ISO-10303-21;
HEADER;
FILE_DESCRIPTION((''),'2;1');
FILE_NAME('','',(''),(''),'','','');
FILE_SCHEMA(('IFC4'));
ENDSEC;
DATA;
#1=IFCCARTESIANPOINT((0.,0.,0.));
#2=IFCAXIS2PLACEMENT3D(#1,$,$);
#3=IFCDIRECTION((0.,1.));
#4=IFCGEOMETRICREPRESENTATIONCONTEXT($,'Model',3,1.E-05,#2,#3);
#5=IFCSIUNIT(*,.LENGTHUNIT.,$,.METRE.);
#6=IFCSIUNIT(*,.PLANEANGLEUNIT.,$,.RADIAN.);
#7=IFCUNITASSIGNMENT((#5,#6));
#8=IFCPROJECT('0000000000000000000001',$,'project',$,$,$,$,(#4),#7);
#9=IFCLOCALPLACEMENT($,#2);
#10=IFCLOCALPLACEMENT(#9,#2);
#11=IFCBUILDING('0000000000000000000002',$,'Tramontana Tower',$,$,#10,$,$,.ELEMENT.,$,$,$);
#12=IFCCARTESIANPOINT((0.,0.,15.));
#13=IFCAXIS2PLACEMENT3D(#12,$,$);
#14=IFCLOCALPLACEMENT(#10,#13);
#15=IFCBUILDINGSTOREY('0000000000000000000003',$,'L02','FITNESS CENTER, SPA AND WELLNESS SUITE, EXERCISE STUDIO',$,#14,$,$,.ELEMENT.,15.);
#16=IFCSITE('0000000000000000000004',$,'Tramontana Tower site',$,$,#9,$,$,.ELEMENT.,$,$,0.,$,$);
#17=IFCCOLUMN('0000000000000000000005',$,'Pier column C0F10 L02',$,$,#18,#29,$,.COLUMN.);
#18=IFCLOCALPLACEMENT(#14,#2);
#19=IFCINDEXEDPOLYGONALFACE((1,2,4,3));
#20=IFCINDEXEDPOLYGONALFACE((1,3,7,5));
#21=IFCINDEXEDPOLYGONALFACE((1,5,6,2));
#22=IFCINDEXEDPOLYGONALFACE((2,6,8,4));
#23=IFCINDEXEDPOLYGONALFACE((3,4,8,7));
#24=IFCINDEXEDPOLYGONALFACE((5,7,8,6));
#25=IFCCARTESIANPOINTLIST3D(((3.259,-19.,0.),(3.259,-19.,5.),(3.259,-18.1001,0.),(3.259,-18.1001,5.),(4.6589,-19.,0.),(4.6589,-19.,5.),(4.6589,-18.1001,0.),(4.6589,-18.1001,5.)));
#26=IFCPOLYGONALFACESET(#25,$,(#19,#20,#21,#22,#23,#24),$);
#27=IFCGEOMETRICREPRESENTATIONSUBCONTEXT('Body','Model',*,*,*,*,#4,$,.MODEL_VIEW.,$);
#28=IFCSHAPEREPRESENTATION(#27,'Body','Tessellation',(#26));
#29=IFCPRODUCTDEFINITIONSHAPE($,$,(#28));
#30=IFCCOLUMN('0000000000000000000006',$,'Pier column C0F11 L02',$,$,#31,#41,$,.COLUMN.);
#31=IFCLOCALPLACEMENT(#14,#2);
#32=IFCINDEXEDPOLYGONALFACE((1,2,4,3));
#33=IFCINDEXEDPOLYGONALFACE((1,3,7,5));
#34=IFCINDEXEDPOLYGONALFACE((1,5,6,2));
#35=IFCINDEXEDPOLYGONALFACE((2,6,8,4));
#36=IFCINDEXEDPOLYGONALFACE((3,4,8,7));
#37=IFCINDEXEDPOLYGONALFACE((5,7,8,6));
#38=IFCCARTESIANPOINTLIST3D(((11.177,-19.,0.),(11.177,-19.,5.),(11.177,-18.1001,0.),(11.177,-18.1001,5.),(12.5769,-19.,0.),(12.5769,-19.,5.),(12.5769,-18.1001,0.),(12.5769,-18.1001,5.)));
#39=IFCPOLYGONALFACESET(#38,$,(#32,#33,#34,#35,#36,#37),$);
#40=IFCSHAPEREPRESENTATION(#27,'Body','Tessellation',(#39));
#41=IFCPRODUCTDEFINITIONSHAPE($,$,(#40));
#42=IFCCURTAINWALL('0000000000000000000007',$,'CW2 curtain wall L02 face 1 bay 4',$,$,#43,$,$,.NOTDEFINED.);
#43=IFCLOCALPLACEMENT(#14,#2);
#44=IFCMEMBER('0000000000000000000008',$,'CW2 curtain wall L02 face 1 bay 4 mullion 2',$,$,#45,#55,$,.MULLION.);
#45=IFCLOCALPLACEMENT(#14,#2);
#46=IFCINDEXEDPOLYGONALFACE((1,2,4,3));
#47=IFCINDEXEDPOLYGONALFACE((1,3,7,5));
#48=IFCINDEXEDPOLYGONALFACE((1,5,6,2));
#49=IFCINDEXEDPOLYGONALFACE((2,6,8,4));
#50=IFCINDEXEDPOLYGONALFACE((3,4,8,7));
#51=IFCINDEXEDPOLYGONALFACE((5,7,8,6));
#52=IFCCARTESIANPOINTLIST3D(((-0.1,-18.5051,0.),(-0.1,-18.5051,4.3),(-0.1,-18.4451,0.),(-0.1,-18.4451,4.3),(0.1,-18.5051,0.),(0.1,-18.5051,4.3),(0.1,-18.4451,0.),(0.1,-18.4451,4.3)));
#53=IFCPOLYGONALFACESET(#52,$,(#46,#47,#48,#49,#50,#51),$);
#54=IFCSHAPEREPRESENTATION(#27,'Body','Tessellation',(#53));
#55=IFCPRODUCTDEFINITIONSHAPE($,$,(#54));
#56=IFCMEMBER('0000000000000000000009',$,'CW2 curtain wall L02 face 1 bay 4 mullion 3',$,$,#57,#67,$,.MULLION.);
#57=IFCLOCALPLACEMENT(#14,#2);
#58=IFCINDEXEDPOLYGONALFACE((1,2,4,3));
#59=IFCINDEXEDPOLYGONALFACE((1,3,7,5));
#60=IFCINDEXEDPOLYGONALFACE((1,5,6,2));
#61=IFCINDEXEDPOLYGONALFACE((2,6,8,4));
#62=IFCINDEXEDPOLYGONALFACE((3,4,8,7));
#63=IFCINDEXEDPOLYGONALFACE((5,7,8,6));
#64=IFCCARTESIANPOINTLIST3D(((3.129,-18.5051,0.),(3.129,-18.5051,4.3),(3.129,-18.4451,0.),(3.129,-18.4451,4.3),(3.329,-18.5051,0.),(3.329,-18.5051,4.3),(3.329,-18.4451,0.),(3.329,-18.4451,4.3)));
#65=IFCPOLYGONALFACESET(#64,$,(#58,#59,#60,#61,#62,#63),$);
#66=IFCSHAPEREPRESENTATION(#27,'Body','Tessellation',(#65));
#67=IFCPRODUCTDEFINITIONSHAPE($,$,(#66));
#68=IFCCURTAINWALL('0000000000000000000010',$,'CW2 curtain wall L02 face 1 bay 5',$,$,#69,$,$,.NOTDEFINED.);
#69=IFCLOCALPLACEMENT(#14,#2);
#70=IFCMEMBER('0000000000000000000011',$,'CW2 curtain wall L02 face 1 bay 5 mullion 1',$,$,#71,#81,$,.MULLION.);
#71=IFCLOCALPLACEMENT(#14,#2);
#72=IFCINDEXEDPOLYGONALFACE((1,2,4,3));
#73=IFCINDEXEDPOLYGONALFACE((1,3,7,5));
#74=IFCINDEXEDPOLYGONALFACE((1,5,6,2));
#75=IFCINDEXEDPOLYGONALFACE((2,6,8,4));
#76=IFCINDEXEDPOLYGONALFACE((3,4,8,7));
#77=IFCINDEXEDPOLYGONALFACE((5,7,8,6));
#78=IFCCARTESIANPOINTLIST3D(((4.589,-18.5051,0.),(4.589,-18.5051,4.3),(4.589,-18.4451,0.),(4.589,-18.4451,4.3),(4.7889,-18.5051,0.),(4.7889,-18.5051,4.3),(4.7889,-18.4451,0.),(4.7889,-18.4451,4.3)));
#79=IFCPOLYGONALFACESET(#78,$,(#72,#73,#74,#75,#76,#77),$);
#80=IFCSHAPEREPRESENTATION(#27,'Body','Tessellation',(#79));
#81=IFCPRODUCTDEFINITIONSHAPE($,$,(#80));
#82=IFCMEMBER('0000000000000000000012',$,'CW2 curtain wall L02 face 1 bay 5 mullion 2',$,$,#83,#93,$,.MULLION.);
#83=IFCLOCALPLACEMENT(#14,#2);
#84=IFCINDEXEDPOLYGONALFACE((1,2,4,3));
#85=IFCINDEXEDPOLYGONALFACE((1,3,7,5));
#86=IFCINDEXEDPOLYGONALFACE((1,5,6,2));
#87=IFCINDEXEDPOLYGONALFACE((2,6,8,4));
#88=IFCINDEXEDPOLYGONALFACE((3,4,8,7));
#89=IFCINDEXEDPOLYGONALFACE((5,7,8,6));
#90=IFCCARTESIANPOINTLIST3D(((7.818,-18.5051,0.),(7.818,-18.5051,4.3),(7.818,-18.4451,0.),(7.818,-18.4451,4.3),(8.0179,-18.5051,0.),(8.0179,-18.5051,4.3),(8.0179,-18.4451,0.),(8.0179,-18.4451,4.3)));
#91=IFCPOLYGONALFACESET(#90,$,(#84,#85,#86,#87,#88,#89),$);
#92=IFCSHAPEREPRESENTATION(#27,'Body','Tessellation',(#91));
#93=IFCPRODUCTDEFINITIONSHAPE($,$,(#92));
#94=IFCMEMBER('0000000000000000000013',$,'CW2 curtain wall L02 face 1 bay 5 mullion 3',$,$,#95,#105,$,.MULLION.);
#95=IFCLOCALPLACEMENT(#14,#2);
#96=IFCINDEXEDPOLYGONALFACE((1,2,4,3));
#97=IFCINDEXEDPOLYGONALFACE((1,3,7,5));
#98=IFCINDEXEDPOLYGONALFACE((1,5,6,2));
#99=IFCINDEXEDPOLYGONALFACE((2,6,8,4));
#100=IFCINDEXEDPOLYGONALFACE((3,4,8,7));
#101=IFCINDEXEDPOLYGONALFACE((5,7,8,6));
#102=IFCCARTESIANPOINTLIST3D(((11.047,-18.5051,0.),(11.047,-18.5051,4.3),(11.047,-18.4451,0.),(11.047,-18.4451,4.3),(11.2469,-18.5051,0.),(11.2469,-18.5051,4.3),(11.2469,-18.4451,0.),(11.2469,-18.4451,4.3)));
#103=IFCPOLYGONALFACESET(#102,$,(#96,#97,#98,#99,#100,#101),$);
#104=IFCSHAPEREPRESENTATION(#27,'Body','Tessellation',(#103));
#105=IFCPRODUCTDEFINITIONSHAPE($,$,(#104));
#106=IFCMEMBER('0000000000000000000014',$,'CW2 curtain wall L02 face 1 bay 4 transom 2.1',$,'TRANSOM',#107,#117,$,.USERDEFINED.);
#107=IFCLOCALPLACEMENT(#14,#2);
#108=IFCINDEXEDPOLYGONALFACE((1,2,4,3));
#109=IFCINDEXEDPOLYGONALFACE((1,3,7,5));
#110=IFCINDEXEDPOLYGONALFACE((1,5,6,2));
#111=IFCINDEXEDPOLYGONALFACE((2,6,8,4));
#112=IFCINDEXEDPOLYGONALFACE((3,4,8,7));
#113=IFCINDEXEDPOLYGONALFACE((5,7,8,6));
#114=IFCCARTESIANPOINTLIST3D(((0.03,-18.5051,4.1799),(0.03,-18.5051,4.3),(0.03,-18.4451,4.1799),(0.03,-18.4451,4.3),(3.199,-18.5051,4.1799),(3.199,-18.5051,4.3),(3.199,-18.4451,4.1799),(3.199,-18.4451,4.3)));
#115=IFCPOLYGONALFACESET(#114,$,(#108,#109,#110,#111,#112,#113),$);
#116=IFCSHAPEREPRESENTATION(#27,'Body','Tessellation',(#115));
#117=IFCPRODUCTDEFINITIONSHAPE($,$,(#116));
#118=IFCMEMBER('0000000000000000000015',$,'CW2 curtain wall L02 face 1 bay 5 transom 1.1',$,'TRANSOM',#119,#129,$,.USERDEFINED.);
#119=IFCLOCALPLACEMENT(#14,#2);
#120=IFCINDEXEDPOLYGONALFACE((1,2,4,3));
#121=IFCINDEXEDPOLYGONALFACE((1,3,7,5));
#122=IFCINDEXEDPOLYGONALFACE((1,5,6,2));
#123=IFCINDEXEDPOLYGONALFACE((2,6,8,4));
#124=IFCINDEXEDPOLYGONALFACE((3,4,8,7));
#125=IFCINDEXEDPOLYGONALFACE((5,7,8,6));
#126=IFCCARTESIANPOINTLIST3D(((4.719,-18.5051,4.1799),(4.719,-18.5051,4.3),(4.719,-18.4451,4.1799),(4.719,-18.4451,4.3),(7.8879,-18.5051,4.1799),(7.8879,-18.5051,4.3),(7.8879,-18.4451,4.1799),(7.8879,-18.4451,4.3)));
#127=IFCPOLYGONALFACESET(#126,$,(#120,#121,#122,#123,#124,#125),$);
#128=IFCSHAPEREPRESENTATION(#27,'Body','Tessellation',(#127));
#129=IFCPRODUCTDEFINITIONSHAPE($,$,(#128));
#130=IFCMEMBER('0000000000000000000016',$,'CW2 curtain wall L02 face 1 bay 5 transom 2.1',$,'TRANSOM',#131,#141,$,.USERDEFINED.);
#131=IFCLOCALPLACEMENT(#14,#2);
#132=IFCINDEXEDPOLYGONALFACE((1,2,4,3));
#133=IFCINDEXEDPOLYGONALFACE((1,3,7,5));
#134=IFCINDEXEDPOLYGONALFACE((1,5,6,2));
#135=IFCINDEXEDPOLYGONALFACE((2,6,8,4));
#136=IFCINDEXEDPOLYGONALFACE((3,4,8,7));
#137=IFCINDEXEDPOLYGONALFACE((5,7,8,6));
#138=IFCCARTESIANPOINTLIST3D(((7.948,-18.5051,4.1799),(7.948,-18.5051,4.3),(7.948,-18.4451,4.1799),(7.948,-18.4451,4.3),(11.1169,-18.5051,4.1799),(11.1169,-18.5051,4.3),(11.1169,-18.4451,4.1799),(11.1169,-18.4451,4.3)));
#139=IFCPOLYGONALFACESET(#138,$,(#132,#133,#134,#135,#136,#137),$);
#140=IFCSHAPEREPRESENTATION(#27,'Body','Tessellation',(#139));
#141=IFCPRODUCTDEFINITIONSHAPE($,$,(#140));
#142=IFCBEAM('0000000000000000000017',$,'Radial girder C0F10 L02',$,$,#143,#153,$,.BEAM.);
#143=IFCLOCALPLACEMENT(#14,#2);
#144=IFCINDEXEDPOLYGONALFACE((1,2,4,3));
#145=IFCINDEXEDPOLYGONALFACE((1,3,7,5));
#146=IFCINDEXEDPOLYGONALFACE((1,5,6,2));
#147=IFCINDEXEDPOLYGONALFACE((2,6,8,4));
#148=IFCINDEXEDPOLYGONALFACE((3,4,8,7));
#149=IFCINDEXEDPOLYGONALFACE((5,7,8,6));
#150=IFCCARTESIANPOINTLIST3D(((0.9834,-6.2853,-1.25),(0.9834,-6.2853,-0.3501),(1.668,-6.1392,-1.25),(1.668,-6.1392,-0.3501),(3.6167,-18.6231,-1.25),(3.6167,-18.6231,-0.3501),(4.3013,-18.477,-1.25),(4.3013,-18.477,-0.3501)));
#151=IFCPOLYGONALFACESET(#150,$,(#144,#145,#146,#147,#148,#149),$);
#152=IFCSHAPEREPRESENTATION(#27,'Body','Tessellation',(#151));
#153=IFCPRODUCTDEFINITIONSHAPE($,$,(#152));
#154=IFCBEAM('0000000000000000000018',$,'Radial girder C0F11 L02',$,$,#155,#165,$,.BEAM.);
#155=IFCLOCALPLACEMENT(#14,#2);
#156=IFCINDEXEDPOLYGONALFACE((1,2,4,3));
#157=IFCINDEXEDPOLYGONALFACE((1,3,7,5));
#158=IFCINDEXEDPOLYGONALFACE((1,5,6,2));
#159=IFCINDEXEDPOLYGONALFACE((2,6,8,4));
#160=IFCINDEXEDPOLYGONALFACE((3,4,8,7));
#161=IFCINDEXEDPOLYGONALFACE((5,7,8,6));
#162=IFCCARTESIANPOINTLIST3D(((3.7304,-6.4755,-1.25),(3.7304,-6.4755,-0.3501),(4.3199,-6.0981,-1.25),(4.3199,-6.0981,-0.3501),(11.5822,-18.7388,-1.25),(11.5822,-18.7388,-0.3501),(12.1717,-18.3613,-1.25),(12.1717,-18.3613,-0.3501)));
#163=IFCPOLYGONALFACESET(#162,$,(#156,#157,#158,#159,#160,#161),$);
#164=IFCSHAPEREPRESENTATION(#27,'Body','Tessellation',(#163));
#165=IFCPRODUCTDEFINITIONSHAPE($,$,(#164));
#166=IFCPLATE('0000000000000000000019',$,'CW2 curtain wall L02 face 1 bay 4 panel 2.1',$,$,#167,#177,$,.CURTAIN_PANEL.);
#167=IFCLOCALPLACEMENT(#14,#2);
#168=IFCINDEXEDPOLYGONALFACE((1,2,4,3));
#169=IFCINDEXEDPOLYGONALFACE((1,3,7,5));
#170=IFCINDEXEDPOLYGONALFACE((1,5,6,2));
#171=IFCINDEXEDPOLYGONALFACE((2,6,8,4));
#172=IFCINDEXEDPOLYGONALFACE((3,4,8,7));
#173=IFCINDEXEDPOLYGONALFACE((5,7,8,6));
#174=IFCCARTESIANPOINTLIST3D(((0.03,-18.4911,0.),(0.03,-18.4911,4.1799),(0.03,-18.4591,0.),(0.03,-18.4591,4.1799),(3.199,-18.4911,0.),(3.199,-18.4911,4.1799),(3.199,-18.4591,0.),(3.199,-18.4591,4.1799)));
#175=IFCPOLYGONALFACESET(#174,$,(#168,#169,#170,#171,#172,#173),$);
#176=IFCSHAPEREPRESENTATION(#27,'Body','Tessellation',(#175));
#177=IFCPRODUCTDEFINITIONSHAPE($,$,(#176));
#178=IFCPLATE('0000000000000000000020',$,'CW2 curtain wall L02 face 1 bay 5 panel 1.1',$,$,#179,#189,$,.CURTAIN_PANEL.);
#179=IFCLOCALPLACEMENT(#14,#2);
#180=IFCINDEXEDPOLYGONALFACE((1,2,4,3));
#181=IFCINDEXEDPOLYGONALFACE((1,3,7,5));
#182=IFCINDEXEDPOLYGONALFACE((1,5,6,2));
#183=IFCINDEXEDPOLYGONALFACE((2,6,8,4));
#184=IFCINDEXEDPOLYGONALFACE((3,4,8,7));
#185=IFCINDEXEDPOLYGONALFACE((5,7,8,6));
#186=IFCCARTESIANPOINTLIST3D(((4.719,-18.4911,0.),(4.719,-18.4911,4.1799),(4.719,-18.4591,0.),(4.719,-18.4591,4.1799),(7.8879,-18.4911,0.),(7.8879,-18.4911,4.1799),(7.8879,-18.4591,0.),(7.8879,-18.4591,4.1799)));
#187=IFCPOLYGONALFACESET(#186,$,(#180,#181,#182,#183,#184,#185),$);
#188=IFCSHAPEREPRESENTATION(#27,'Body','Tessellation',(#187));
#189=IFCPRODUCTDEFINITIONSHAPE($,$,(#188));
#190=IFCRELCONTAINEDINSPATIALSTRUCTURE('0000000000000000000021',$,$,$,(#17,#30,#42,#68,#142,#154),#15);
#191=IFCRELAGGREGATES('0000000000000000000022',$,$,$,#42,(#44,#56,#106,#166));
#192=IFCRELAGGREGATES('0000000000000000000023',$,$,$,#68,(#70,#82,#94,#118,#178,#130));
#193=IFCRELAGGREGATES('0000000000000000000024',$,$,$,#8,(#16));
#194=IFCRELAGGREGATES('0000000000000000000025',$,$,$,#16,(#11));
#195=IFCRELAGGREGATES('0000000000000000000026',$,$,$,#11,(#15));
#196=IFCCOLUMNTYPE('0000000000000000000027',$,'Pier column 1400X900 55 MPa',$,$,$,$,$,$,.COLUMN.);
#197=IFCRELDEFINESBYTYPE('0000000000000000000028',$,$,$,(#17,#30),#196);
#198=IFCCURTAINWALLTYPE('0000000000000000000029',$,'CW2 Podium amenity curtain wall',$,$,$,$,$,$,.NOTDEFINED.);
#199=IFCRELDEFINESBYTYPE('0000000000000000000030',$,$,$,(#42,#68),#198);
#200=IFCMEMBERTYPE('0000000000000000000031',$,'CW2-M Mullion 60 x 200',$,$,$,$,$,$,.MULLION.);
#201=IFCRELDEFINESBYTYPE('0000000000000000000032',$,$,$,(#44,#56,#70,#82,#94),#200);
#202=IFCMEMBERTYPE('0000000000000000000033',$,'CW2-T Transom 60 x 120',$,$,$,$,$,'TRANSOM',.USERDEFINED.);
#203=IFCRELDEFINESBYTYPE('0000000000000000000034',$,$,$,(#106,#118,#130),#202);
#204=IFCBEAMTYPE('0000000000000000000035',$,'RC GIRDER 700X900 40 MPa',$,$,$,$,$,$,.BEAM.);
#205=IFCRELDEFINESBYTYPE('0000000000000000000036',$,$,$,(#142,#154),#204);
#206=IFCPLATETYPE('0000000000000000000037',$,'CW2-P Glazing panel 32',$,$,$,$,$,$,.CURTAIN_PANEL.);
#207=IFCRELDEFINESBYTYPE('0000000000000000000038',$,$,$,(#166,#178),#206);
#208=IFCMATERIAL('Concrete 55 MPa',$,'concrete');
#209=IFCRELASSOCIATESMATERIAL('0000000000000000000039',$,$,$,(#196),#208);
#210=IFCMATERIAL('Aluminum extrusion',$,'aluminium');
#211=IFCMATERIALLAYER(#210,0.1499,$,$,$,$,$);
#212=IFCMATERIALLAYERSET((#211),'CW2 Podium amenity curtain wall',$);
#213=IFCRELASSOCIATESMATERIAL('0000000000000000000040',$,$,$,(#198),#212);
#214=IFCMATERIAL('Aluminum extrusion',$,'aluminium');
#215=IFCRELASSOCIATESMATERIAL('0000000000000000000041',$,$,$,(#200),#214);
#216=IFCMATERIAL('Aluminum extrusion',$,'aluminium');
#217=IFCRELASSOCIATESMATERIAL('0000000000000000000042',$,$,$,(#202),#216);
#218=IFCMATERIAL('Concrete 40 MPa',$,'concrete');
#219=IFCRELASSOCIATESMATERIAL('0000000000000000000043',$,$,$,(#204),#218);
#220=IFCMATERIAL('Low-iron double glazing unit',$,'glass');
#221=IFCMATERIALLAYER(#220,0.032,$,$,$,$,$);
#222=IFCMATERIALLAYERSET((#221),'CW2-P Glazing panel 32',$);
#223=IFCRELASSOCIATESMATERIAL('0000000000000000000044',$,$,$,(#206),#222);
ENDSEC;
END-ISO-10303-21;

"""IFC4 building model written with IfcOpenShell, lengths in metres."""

from ifc_helpers import new_model, si_unit, direction, frame, origin, origin_2d, place, context, subcontext, project, spatial, rectangle, extrude, material, layer, layer_set, material_profile, profile_set, type_object, element, aggregate, save


model = new_model("IFC4")

# Units and contexts
model_context = context("Model", 3, precision=1e-05, world=origin(), true_north=direction((0.0, 1.0)))
body_context = subcontext(model_context, "Body", "Model", "MODEL_VIEW")
ifc_project = project(units=[si_unit("LENGTHUNIT", "METRE"), si_unit("PLANEANGLEUNIT", "RADIAN")], contexts=[model_context])

# Site, building, storey
site_placement = place(None, origin())
site = spatial("IfcSite", under=ifc_project, at=site_placement, Name="Tramontana Tower site", CompositionType="ELEMENT", RefElevation=0.0)
building_placement = place(site_placement, origin())
building = spatial("IfcBuilding", under=site, at=building_placement, Name="Tramontana Tower", CompositionType="ELEMENT")
storey_placement = place(building_placement, frame((0.0, 0.0, 15.0)))
storey = spatial("IfcBuildingStorey", under=building, at=storey_placement, Name="L02", Description="FITNESS CENTER, SPA AND WELLNESS SUITE, EXERCISE STUDIO", CompositionType="ELEMENT", Elevation=15.0)

# Columns
ifc_material_1 = material(Name="Concrete 55 MPa", Category="concrete")
ifc_material_profile_1 = material_profile(ifc_material_1, rectangle(XDim=1.3999, YDim=0.8999, at=origin_2d()), Name="Pier column 1400X900 55 MPa")
ifc_profile_set_1 = profile_set([ifc_material_profile_1], Name="Concrete 55 MPa")
column_type = type_object("IfcColumnType", Name="Pier column 1400X900 55 MPa", PredefinedType="COLUMN", material=ifc_profile_set_1)
for number, where, z_axis, x_axis, name in (
    (1, (3.959, -18.55, 0.0), (0.0, 0.0, 1.0), (1.0, 0.0, 0.0), "Pier column C0F10 L02"),
    (2, (11.877, -18.55, 0.0), (0.0, 0.0, 1.0), (1.0, 0.0, 0.0), "Pier column C0F11 L02"),
):
    element("IfcColumn", number, at=place(storey_placement, frame(where, z_axis=z_axis, x_axis=x_axis)), inside=storey, type_object=column_type, Name=name, PredefinedType="COLUMN", context=body_context, shape_type="SweptSolid", body=[
        extrude(rectangle(XDim=1.3999, YDim=0.8999, at=origin_2d()), origin(), (0.0, 0.0, 1.0), 5.0),
    ])

# Curtain walls, members
ifc_material_2 = material(Name="Aluminum extrusion", Category="aluminium")
ifc_layer_1 = layer(ifc_material_2, 0.1499)
ifc_layer_set_1 = layer_set([ifc_layer_1], Name="CW2 Podium amenity curtain wall")
curtain_wall_type = type_object("IfcCurtainWallType", Name="CW2 Podium amenity curtain wall", PredefinedType="NOTDEFINED", material=ifc_layer_set_1)
curtain_wall_1_placement = place(storey_placement, origin())
curtain_wall_1 = element("IfcCurtainWall", 3, at=curtain_wall_1_placement, inside=storey, type_object=curtain_wall_type, Name="CW2 curtain wall L02 face 1 bay 4", PredefinedType="NOTDEFINED")
ifc_material_3 = material(Name="Aluminum extrusion", Category="aluminium")
ifc_material_profile_2 = material_profile(ifc_material_3, rectangle(XDim=0.0601, YDim=0.2, at=origin_2d()), Name="CW2-M Mullion 60 x 200")
ifc_profile_set_2 = profile_set([ifc_material_profile_2], Name="Aluminum extrusion")
member_type_1 = type_object("IfcMemberType", Name="CW2-M Mullion 60 x 200", PredefinedType="MULLION", material=ifc_profile_set_2)
member_1_placement = place(storey_placement, frame((0.0, -18.4751, 0.0), z_axis=(0.0, 0.0, 1.0), x_axis=(0.0, 1.0, 0.0)))
member_1 = element("IfcMember", 4, at=member_1_placement, type_object=member_type_1, Name="CW2 curtain wall L02 face 1 bay 4 mullion 2", PredefinedType="MULLION", context=body_context, shape_type="SweptSolid", body=[
    extrude(rectangle(XDim=0.0601, YDim=0.2, at=origin_2d()), origin(), (0.0, 0.0, 1.0), 4.3),
])
member_2_placement = place(storey_placement, frame((3.229, -18.4751, 0.0), z_axis=(0.0, 0.0, 1.0), x_axis=(0.0, 1.0, 0.0)))
member_2 = element("IfcMember", 5, at=member_2_placement, type_object=member_type_1, Name="CW2 curtain wall L02 face 1 bay 4 mullion 3", PredefinedType="MULLION", context=body_context, shape_type="SweptSolid", body=[
    extrude(rectangle(XDim=0.0601, YDim=0.2, at=origin_2d()), origin(), (0.0, 0.0, 1.0), 4.3),
])
curtain_wall_2_placement = place(storey_placement, origin())
curtain_wall_2 = element("IfcCurtainWall", 6, at=curtain_wall_2_placement, inside=storey, type_object=curtain_wall_type, Name="CW2 curtain wall L02 face 1 bay 5", PredefinedType="NOTDEFINED")
member_3_placement = place(storey_placement, frame((4.689, -18.4751, 0.0), z_axis=(0.0, 0.0, 1.0), x_axis=(0.0, 1.0, 0.0)))
member_3 = element("IfcMember", 7, at=member_3_placement, type_object=member_type_1, Name="CW2 curtain wall L02 face 1 bay 5 mullion 1", PredefinedType="MULLION", context=body_context, shape_type="SweptSolid", body=[
    extrude(rectangle(XDim=0.0601, YDim=0.2, at=origin_2d()), origin(), (0.0, 0.0, 1.0), 4.3),
])
member_4_placement = place(storey_placement, frame((7.918, -18.4751, 0.0), z_axis=(0.0, 0.0, 1.0), x_axis=(0.0, 1.0, 0.0)))
member_4 = element("IfcMember", 8, at=member_4_placement, type_object=member_type_1, Name="CW2 curtain wall L02 face 1 bay 5 mullion 2", PredefinedType="MULLION", context=body_context, shape_type="SweptSolid", body=[
    extrude(rectangle(XDim=0.0601, YDim=0.2, at=origin_2d()), origin(), (0.0, 0.0, 1.0), 4.3),
])
member_5_placement = place(storey_placement, frame((11.147, -18.4751, 0.0), z_axis=(0.0, 0.0, 1.0), x_axis=(0.0, 1.0, 0.0)))
member_5 = element("IfcMember", 9, at=member_5_placement, type_object=member_type_1, Name="CW2 curtain wall L02 face 1 bay 5 mullion 3", PredefinedType="MULLION", context=body_context, shape_type="SweptSolid", body=[
    extrude(rectangle(XDim=0.0601, YDim=0.2, at=origin_2d()), origin(), (0.0, 0.0, 1.0), 4.3),
])

# Members
ifc_material_4 = material(Name="Aluminum extrusion", Category="aluminium")
ifc_material_profile_3 = material_profile(ifc_material_4, rectangle(XDim=0.0601, YDim=0.1201, at=origin_2d()), Name="CW2-T Transom 60 x 120")
ifc_profile_set_3 = profile_set([ifc_material_profile_3], Name="Aluminum extrusion")
member_type_2 = type_object("IfcMemberType", Name="CW2-T Transom 60 x 120", ElementType="TRANSOM", PredefinedType="USERDEFINED", material=ifc_profile_set_3)
member_6_placement = place(storey_placement, frame((0.03, -18.4751, 4.24), z_axis=(1.0, 0.0, 0.0), x_axis=(0.0, 1.0, 0.0)))
member_6 = element("IfcMember", 10, at=member_6_placement, type_object=member_type_2, Name="CW2 curtain wall L02 face 1 bay 4 transom 2.1", ObjectType="TRANSOM", PredefinedType="USERDEFINED", context=body_context, shape_type="SweptSolid", body=[
    extrude(rectangle(XDim=0.0601, YDim=0.1201, at=origin_2d()), origin(), (0.0, 0.0, 1.0), 3.1689),
])
member_7_placement = place(storey_placement, frame((4.719, -18.4751, 4.24), z_axis=(1.0, 0.0, 0.0), x_axis=(0.0, 1.0, 0.0)))
member_7 = element("IfcMember", 11, at=member_7_placement, type_object=member_type_2, Name="CW2 curtain wall L02 face 1 bay 5 transom 1.1", ObjectType="TRANSOM", PredefinedType="USERDEFINED", context=body_context, shape_type="SweptSolid", body=[
    extrude(rectangle(XDim=0.0601, YDim=0.1201, at=origin_2d()), origin(), (0.0, 0.0, 1.0), 3.1689),
])
member_8_placement = place(storey_placement, frame((7.948, -18.4751, 4.24), z_axis=(1.0, 0.0, 0.0), x_axis=(0.0, 1.0, 0.0)))
member_8 = element("IfcMember", 12, at=member_8_placement, type_object=member_type_2, Name="CW2 curtain wall L02 face 1 bay 5 transom 2.1", ObjectType="TRANSOM", PredefinedType="USERDEFINED", context=body_context, shape_type="SweptSolid", body=[
    extrude(rectangle(XDim=0.0601, YDim=0.1201, at=origin_2d()), origin(), (0.0, 0.0, 1.0), 3.1689),
])

# Beams
ifc_material_5 = material(Name="Concrete 40 MPa", Category="concrete")
ifc_material_profile_4 = material_profile(ifc_material_5, rectangle(XDim=0.7, YDim=0.8999, at=origin_2d()), Name="RC GIRDER 700X900 40 MPa")
ifc_profile_set_4 = profile_set([ifc_material_profile_4], Name="Concrete 40 MPa")
beam_type = type_object("IfcBeamType", Name="RC GIRDER 700X900 40 MPa", PredefinedType="BEAM", material=ifc_profile_set_4)
beam_1_placement = place(storey_placement, frame((3.959, -18.55, -0.8), z_axis=(-0.208731, 0.977973, 0.0), x_axis=(-0.977973, -0.208731, 0.0)))
element("IfcBeam", 13, at=beam_1_placement, inside=storey, type_object=beam_type, Name="Radial girder C0F10 L02", PredefinedType="BEAM", context=body_context, shape_type="SweptSolid", body=[
    extrude(rectangle(XDim=0.7, YDim=0.8999, at=origin_2d()), origin(), (0.0, 0.0, 1.0), 12.6157),
])
beam_2_placement = place(storey_placement, frame((11.877, -18.55, -0.8), z_axis=(-0.539218, 0.842166, 0.0), x_axis=(-0.842166, -0.539218, 0.0)))
element("IfcBeam", 14, at=beam_2_placement, inside=storey, type_object=beam_type, Name="Radial girder C0F11 L02", PredefinedType="BEAM", context=body_context, shape_type="SweptSolid", body=[
    extrude(rectangle(XDim=0.7, YDim=0.8999, at=origin_2d()), origin(), (0.0, 0.0, 1.0), 14.5615),
])

# Plates
ifc_material_6 = material(Name="Low-iron double glazing unit", Category="glass")
ifc_layer_2 = layer(ifc_material_6, 0.032)
ifc_layer_set_2 = layer_set([ifc_layer_2], Name="CW2-P Glazing panel 32")
plate_type = type_object("IfcPlateType", Name="CW2-P Glazing panel 32", PredefinedType="CURTAIN_PANEL", material=ifc_layer_set_2)
plate_1_placement = place(storey_placement, frame((1.6145, -18.4751, 0.0), z_axis=(0.0, 0.0, 1.0), x_axis=(1.0, 0.0, 0.0)))
plate_1 = element("IfcPlate", 15, at=plate_1_placement, type_object=plate_type, Name="CW2 curtain wall L02 face 1 bay 4 panel 2.1", PredefinedType="CURTAIN_PANEL", context=body_context, shape_type="SweptSolid", body=[
    extrude(rectangle(XDim=3.1689, YDim=0.032, at=origin_2d()), origin(), (0.0, 0.0, 1.0), 4.1799),
])
aggregate(curtain_wall_1, [member_1, member_2, member_6, plate_1])
plate_2_placement = place(storey_placement, frame((6.3035, -18.4751, 0.0), z_axis=(0.0, 0.0, 1.0), x_axis=(1.0, 0.0, 0.0)))
plate_2 = element("IfcPlate", 16, at=plate_2_placement, type_object=plate_type, Name="CW2 curtain wall L02 face 1 bay 5 panel 1.1", PredefinedType="CURTAIN_PANEL", context=body_context, shape_type="SweptSolid", body=[
    extrude(rectangle(XDim=3.1689, YDim=0.032, at=origin_2d()), origin(), (0.0, 0.0, 1.0), 4.1799),
])
aggregate(curtain_wall_2, [member_3, member_4, member_5, member_7, plate_2, member_8])

save(model, "model.ifc")
